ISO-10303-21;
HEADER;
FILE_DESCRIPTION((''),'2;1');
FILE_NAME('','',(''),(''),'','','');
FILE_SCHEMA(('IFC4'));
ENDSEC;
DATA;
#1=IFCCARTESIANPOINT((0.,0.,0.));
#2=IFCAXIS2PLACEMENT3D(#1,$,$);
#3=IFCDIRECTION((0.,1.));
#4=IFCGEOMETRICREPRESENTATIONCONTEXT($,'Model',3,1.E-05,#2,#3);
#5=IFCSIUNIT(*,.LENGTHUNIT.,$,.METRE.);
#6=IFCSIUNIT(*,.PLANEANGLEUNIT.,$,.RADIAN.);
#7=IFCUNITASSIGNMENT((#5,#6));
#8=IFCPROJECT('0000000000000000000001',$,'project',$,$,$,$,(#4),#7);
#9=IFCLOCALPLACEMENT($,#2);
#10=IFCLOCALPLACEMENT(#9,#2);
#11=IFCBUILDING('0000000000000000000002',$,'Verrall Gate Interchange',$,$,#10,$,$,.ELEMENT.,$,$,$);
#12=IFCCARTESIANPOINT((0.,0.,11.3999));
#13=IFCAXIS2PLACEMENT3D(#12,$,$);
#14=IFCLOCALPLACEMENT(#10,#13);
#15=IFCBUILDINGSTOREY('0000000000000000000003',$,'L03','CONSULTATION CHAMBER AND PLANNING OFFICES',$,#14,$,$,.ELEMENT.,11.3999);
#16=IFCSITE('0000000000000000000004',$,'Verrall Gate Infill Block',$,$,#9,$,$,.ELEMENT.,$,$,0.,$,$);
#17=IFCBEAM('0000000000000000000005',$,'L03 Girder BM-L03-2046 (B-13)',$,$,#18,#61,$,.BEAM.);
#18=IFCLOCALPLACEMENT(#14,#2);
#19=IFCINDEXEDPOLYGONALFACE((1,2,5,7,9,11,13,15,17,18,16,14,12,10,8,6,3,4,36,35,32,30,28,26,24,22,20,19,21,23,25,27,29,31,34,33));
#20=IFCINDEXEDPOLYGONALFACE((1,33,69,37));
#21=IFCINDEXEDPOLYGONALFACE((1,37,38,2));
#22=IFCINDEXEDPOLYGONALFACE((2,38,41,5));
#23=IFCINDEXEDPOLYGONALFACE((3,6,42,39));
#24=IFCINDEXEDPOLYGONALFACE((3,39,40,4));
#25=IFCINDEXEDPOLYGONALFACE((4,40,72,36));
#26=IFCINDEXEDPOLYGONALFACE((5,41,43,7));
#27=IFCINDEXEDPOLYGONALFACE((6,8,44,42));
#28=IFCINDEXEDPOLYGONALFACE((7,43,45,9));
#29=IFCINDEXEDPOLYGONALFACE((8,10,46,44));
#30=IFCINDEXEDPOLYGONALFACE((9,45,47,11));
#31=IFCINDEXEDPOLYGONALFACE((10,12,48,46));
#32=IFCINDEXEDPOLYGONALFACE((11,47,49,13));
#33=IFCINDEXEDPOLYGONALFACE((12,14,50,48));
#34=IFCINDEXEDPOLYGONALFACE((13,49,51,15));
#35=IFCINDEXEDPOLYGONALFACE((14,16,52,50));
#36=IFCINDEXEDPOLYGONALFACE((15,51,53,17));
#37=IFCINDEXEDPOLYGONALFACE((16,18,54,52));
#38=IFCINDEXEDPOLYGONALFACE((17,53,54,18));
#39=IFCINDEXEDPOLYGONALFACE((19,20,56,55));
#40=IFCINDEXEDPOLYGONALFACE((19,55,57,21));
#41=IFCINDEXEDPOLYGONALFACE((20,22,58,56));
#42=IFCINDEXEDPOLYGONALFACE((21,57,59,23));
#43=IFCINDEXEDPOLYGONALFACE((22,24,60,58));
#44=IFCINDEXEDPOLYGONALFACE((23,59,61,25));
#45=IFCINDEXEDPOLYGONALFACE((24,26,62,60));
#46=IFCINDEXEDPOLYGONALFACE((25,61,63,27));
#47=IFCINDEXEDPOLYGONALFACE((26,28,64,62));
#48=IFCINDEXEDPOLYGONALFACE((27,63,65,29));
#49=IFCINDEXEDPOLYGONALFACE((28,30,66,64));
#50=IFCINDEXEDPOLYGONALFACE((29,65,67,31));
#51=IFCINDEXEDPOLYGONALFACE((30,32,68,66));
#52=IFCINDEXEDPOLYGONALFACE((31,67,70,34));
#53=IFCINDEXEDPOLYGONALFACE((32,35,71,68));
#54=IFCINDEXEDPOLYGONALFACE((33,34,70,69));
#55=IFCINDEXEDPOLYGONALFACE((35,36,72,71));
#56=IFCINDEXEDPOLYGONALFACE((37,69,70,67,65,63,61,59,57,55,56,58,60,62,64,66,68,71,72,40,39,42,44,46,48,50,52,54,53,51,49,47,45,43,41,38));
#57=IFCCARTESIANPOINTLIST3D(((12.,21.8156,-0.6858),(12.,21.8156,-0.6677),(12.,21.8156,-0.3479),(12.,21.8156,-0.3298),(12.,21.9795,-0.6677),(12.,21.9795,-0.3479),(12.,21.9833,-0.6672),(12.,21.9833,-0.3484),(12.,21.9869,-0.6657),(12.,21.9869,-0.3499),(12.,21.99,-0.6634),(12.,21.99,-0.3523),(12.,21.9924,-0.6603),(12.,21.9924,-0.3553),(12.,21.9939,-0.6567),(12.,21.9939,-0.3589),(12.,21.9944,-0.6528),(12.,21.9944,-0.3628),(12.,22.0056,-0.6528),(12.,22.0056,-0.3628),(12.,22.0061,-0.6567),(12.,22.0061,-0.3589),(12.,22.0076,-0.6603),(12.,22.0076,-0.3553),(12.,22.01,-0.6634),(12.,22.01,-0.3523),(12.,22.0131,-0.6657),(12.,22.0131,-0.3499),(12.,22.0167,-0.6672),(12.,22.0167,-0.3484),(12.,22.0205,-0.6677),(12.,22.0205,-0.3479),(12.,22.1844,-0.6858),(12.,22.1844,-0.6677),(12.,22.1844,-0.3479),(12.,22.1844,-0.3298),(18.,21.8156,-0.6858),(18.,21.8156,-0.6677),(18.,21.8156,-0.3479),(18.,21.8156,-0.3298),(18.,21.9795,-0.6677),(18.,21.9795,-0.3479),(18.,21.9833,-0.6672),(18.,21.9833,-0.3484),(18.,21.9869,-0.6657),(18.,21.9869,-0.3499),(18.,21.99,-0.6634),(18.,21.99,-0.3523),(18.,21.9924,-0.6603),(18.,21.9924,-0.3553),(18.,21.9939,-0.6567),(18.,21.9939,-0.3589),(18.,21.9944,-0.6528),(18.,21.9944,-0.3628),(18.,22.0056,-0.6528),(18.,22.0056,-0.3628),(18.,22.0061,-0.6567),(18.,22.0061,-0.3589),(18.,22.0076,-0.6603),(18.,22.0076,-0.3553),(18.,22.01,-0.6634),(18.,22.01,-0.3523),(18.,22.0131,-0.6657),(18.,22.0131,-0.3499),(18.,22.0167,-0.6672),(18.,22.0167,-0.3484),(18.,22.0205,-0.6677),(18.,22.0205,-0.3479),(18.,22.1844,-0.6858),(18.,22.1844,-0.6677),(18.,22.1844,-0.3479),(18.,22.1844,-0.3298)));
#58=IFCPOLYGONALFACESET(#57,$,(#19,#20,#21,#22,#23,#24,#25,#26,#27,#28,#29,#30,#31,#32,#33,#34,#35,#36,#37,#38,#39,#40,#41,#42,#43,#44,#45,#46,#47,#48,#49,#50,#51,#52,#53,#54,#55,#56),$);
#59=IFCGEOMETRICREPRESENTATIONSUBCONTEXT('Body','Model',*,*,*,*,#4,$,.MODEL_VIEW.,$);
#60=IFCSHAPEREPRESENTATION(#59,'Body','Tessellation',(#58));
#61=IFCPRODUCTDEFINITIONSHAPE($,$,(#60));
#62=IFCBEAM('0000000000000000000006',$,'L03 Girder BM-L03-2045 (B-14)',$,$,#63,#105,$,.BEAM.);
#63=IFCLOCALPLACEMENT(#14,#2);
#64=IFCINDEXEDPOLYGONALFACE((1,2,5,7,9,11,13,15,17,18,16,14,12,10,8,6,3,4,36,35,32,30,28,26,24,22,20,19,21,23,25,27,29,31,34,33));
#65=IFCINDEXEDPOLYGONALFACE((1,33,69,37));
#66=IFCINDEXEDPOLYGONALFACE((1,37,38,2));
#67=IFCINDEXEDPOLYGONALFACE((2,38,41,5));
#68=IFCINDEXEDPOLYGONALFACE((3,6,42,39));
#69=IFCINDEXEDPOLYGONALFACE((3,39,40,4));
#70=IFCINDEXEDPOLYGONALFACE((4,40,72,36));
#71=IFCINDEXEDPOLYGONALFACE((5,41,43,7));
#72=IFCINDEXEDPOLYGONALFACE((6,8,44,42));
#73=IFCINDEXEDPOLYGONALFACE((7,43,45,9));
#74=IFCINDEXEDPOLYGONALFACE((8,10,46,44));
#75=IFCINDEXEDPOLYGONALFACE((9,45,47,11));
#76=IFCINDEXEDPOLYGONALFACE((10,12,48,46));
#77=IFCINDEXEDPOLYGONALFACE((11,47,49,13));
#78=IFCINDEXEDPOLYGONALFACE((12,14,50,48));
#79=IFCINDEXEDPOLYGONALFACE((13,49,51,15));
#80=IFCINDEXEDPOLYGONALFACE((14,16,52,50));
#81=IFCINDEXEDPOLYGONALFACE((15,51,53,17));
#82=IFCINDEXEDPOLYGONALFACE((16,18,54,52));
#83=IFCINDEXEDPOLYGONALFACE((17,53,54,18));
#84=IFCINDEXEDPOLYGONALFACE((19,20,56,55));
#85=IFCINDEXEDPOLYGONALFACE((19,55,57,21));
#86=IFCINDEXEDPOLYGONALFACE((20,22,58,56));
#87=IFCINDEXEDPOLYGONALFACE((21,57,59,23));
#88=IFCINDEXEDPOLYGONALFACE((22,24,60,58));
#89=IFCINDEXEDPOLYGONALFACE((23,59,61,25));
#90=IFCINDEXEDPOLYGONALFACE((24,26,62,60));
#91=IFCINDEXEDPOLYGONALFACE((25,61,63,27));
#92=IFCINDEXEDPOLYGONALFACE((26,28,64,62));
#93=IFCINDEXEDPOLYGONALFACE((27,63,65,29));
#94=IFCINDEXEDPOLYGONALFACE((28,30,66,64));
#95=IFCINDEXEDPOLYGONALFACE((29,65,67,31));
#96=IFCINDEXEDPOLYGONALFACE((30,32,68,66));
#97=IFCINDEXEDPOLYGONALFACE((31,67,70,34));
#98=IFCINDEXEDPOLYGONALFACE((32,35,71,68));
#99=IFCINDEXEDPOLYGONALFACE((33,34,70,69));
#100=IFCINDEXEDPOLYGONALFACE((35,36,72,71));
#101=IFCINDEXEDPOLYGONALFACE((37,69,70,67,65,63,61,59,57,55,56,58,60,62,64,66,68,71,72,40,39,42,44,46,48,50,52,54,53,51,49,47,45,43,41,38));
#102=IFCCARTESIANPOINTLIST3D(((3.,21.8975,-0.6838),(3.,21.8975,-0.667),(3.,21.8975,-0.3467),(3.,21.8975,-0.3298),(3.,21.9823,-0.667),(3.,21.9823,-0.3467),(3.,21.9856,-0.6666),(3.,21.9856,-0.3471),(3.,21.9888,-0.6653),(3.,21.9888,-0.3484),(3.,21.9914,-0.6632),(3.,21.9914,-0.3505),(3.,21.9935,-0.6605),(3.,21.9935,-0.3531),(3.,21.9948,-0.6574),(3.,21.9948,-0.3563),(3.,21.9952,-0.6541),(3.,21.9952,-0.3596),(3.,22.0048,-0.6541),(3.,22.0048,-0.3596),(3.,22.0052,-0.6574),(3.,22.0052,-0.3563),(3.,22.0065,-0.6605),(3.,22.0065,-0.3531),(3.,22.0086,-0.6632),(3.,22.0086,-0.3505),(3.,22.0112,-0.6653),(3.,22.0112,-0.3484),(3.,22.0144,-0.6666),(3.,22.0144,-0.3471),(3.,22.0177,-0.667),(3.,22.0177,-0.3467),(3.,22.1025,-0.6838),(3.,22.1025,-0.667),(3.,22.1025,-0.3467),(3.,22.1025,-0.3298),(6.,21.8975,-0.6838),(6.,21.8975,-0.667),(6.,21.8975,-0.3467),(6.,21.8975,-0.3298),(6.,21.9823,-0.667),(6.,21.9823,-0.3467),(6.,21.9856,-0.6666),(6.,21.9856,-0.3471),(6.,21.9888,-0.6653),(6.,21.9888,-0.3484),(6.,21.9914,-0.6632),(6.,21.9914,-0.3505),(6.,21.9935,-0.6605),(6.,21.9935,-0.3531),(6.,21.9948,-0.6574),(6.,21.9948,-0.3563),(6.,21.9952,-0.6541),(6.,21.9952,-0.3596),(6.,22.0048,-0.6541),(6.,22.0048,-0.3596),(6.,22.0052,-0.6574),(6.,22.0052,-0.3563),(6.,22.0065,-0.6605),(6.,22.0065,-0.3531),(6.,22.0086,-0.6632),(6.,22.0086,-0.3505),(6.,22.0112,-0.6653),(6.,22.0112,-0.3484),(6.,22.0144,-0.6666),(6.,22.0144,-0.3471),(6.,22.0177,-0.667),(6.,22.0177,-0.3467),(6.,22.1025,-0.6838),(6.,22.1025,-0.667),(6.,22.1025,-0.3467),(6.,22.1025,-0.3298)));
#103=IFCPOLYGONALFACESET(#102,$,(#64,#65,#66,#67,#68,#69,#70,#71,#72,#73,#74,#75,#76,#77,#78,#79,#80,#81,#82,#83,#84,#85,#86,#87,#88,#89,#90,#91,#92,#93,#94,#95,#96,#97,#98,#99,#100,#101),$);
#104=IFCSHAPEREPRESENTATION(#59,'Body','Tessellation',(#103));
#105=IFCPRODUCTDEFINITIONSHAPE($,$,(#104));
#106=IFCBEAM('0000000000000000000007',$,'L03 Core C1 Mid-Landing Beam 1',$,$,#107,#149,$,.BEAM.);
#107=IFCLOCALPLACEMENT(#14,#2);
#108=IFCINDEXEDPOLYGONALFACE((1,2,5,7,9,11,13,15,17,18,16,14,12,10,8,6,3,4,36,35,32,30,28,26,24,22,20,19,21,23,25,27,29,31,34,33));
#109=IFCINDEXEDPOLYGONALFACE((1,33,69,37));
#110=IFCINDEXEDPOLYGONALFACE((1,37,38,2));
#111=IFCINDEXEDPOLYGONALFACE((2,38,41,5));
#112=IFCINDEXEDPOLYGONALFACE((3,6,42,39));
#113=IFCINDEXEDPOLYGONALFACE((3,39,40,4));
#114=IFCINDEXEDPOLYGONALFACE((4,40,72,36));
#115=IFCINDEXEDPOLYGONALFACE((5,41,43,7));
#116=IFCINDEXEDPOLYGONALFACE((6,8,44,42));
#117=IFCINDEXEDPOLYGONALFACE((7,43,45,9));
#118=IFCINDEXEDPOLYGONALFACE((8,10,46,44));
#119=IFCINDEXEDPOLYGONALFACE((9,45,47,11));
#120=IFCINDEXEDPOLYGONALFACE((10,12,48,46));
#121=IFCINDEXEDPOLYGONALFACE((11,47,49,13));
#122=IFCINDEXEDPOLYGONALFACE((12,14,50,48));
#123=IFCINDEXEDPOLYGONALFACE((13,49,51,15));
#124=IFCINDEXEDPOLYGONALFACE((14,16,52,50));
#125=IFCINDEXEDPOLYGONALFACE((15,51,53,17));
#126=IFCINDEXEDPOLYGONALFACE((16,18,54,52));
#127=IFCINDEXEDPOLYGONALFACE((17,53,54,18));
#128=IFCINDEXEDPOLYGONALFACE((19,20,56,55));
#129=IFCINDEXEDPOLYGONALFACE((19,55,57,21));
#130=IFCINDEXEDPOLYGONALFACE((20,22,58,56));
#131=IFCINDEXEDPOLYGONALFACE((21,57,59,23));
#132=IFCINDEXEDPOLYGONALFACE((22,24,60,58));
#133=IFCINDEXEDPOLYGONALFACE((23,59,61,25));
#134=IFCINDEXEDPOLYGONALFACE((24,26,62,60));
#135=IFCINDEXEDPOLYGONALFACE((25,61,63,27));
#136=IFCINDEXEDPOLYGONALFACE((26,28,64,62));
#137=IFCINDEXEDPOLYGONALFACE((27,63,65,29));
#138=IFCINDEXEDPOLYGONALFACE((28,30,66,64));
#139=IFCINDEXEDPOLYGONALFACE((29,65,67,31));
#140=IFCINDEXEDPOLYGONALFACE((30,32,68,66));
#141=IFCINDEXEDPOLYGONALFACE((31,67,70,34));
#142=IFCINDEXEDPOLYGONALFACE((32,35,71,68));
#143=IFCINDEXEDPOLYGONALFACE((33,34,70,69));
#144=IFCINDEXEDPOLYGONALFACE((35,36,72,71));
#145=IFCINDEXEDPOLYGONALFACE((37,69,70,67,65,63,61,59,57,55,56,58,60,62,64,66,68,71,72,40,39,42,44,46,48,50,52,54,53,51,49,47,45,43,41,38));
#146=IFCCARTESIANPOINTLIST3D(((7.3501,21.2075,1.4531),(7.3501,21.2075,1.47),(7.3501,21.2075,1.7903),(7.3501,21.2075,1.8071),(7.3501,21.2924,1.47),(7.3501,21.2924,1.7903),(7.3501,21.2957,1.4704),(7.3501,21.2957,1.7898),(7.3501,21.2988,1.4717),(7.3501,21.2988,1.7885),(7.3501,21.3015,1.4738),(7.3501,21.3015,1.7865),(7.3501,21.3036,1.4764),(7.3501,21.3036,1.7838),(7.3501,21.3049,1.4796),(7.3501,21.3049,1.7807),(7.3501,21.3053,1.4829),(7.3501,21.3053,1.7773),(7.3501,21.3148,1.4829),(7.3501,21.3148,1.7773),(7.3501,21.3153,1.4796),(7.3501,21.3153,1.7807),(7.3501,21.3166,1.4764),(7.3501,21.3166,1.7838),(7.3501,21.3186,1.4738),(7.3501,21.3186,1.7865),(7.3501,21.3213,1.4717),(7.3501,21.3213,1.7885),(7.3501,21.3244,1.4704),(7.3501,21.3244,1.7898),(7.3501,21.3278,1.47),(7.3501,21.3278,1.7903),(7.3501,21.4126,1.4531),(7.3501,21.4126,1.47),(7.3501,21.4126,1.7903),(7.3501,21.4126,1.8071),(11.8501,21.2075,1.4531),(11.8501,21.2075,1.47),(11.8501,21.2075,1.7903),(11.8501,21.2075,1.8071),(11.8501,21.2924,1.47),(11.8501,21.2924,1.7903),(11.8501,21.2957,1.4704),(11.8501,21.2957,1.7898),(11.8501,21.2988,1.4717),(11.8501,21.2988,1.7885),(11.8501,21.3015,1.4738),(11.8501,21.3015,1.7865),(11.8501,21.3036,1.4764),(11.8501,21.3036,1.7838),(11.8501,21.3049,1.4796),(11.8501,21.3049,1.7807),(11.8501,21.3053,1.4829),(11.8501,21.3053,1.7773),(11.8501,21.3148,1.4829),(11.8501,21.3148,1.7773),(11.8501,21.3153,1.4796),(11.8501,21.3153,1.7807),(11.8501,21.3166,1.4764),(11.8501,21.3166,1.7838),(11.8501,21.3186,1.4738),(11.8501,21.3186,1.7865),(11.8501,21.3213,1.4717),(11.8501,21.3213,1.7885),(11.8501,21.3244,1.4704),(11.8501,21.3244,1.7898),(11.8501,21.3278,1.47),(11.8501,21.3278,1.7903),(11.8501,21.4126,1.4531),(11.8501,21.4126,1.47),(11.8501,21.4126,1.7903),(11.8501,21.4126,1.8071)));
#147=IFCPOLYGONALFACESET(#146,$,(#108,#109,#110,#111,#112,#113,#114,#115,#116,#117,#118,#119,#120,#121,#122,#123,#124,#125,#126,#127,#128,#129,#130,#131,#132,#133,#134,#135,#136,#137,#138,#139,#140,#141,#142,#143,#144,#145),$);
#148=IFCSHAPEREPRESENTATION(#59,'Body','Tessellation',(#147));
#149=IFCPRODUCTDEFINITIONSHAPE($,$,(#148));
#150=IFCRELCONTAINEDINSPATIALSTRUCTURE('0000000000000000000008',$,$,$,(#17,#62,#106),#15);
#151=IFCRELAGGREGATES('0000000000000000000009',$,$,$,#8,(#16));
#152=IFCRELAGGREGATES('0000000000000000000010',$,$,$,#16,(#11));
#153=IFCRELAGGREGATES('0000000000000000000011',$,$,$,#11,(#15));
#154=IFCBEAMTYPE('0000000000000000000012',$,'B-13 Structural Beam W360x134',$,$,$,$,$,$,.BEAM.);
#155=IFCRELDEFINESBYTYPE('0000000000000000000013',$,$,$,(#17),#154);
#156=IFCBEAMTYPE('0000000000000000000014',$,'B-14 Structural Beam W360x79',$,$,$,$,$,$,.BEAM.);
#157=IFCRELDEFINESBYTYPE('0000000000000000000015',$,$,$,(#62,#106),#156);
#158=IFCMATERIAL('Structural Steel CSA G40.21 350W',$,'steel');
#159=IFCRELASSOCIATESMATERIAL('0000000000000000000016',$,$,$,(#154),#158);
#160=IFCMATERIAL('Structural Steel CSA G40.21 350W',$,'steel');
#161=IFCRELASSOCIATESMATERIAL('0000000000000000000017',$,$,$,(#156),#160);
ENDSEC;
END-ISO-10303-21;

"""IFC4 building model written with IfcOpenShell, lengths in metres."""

from ifc_helpers import new_model, si_unit, direction, frame, origin, origin_2d, place, context, subcontext, project, spatial, i_section, extrude, material, material_profile, profile_set, type_object, element, save


model = new_model("IFC4")

# Units and contexts
model_context = context("Model", 3, precision=1e-05, world=origin(), true_north=direction((0.0, 1.0)))
body_context = subcontext(model_context, "Body", "Model", "MODEL_VIEW")
ifc_project = project(units=[si_unit("LENGTHUNIT", "METRE"), si_unit("PLANEANGLEUNIT", "RADIAN")], contexts=[model_context])

# Site, building, storey
site_placement = place(None, origin())
site = spatial("IfcSite", under=ifc_project, at=site_placement, Name="Verrall Gate Infill Block", CompositionType="ELEMENT", RefElevation=0.0)
building_placement = place(site_placement, origin())
building = spatial("IfcBuilding", under=site, at=building_placement, Name="Verrall Gate Interchange", CompositionType="ELEMENT")
storey_placement = place(building_placement, frame((0.0, 0.0, 11.3999)))
storey = spatial("IfcBuildingStorey", under=building, at=storey_placement, Name="L03", Description="CONSULTATION CHAMBER AND PLANNING OFFICES", CompositionType="ELEMENT", Elevation=11.3999)

# Beams
ifc_material_1 = material(Name="Structural Steel CSA G40.21 350W", Category="steel")
ifc_material_profile_1 = material_profile(ifc_material_1, i_section(OverallWidth=0.3689, OverallDepth=0.356, WebThickness=0.0112, FlangeThickness=0.0181, FilletRadius=0.0149, at=origin_2d()), Name="W360x134")
ifc_profile_set_1 = profile_set([ifc_material_profile_1], Name="Structural Steel CSA G40.21 350W")
beam_type_1 = type_object("IfcBeamType", Name="B-13 Structural Beam W360x134", PredefinedType="BEAM", material=ifc_profile_set_1)
beam_1_placement = place(storey_placement, frame((12.0, 22.0, -0.5078), z_axis=(1.0, 0.0, 0.0), x_axis=(0.0, 1.0, 0.0)))
element("IfcBeam", 1, at=beam_1_placement, inside=storey, type_object=beam_type_1, Name="L03 Girder BM-L03-2046 (B-13)", PredefinedType="BEAM", context=body_context, shape_type="SweptSolid", body=[
    extrude(i_section(OverallWidth=0.3689, OverallDepth=0.356, WebThickness=0.0112, FlangeThickness=0.0181, FilletRadius=0.0149, at=origin_2d()), origin(), (0.0, 0.0, 1.0), 6.0),
])
ifc_material_2 = material(Name="Structural Steel CSA G40.21 350W", Category="steel")
ifc_material_profile_2 = material_profile(ifc_material_2, i_section(OverallWidth=0.2051, OverallDepth=0.354, WebThickness=0.0095, FlangeThickness=0.0168, FilletRadius=0.0129, at=origin_2d()), Name="W360x79")
ifc_profile_set_2 = profile_set([ifc_material_profile_2], Name="Structural Steel CSA G40.21 350W")
beam_type_2 = type_object("IfcBeamType", Name="B-14 Structural Beam W360x79", PredefinedType="BEAM", material=ifc_profile_set_2)
beam_2_placement = place(storey_placement, frame((3.0, 22.0, -0.5068), z_axis=(1.0, 0.0, 0.0), x_axis=(0.0, 1.0, 0.0)))
element("IfcBeam", 2, at=beam_2_placement, inside=storey, type_object=beam_type_2, Name="L03 Girder BM-L03-2045 (B-14)", PredefinedType="BEAM", context=body_context, shape_type="SweptSolid", body=[
    extrude(i_section(OverallWidth=0.2051, OverallDepth=0.354, WebThickness=0.0095, FlangeThickness=0.0168, FilletRadius=0.0129, at=origin_2d()), origin(), (0.0, 0.0, 1.0), 3.0),
])
beam_3_placement = place(storey_placement, frame((7.3501, 21.3101, 1.6301), z_axis=(1.0, 0.0, 0.0), x_axis=(0.0, 1.0, 0.0)))
element("IfcBeam", 3, at=beam_3_placement, inside=storey, type_object=beam_type_2, Name="L03 Core C1 Mid-Landing Beam 1", PredefinedType="BEAM", context=body_context, shape_type="SweptSolid", body=[
    extrude(i_section(OverallWidth=0.2051, OverallDepth=0.354, WebThickness=0.0095, FlangeThickness=0.0168, FilletRadius=0.0129, at=origin_2d()), origin(), (0.0, 0.0, 1.0), 4.5),
])

save(model, "model.ifc")
